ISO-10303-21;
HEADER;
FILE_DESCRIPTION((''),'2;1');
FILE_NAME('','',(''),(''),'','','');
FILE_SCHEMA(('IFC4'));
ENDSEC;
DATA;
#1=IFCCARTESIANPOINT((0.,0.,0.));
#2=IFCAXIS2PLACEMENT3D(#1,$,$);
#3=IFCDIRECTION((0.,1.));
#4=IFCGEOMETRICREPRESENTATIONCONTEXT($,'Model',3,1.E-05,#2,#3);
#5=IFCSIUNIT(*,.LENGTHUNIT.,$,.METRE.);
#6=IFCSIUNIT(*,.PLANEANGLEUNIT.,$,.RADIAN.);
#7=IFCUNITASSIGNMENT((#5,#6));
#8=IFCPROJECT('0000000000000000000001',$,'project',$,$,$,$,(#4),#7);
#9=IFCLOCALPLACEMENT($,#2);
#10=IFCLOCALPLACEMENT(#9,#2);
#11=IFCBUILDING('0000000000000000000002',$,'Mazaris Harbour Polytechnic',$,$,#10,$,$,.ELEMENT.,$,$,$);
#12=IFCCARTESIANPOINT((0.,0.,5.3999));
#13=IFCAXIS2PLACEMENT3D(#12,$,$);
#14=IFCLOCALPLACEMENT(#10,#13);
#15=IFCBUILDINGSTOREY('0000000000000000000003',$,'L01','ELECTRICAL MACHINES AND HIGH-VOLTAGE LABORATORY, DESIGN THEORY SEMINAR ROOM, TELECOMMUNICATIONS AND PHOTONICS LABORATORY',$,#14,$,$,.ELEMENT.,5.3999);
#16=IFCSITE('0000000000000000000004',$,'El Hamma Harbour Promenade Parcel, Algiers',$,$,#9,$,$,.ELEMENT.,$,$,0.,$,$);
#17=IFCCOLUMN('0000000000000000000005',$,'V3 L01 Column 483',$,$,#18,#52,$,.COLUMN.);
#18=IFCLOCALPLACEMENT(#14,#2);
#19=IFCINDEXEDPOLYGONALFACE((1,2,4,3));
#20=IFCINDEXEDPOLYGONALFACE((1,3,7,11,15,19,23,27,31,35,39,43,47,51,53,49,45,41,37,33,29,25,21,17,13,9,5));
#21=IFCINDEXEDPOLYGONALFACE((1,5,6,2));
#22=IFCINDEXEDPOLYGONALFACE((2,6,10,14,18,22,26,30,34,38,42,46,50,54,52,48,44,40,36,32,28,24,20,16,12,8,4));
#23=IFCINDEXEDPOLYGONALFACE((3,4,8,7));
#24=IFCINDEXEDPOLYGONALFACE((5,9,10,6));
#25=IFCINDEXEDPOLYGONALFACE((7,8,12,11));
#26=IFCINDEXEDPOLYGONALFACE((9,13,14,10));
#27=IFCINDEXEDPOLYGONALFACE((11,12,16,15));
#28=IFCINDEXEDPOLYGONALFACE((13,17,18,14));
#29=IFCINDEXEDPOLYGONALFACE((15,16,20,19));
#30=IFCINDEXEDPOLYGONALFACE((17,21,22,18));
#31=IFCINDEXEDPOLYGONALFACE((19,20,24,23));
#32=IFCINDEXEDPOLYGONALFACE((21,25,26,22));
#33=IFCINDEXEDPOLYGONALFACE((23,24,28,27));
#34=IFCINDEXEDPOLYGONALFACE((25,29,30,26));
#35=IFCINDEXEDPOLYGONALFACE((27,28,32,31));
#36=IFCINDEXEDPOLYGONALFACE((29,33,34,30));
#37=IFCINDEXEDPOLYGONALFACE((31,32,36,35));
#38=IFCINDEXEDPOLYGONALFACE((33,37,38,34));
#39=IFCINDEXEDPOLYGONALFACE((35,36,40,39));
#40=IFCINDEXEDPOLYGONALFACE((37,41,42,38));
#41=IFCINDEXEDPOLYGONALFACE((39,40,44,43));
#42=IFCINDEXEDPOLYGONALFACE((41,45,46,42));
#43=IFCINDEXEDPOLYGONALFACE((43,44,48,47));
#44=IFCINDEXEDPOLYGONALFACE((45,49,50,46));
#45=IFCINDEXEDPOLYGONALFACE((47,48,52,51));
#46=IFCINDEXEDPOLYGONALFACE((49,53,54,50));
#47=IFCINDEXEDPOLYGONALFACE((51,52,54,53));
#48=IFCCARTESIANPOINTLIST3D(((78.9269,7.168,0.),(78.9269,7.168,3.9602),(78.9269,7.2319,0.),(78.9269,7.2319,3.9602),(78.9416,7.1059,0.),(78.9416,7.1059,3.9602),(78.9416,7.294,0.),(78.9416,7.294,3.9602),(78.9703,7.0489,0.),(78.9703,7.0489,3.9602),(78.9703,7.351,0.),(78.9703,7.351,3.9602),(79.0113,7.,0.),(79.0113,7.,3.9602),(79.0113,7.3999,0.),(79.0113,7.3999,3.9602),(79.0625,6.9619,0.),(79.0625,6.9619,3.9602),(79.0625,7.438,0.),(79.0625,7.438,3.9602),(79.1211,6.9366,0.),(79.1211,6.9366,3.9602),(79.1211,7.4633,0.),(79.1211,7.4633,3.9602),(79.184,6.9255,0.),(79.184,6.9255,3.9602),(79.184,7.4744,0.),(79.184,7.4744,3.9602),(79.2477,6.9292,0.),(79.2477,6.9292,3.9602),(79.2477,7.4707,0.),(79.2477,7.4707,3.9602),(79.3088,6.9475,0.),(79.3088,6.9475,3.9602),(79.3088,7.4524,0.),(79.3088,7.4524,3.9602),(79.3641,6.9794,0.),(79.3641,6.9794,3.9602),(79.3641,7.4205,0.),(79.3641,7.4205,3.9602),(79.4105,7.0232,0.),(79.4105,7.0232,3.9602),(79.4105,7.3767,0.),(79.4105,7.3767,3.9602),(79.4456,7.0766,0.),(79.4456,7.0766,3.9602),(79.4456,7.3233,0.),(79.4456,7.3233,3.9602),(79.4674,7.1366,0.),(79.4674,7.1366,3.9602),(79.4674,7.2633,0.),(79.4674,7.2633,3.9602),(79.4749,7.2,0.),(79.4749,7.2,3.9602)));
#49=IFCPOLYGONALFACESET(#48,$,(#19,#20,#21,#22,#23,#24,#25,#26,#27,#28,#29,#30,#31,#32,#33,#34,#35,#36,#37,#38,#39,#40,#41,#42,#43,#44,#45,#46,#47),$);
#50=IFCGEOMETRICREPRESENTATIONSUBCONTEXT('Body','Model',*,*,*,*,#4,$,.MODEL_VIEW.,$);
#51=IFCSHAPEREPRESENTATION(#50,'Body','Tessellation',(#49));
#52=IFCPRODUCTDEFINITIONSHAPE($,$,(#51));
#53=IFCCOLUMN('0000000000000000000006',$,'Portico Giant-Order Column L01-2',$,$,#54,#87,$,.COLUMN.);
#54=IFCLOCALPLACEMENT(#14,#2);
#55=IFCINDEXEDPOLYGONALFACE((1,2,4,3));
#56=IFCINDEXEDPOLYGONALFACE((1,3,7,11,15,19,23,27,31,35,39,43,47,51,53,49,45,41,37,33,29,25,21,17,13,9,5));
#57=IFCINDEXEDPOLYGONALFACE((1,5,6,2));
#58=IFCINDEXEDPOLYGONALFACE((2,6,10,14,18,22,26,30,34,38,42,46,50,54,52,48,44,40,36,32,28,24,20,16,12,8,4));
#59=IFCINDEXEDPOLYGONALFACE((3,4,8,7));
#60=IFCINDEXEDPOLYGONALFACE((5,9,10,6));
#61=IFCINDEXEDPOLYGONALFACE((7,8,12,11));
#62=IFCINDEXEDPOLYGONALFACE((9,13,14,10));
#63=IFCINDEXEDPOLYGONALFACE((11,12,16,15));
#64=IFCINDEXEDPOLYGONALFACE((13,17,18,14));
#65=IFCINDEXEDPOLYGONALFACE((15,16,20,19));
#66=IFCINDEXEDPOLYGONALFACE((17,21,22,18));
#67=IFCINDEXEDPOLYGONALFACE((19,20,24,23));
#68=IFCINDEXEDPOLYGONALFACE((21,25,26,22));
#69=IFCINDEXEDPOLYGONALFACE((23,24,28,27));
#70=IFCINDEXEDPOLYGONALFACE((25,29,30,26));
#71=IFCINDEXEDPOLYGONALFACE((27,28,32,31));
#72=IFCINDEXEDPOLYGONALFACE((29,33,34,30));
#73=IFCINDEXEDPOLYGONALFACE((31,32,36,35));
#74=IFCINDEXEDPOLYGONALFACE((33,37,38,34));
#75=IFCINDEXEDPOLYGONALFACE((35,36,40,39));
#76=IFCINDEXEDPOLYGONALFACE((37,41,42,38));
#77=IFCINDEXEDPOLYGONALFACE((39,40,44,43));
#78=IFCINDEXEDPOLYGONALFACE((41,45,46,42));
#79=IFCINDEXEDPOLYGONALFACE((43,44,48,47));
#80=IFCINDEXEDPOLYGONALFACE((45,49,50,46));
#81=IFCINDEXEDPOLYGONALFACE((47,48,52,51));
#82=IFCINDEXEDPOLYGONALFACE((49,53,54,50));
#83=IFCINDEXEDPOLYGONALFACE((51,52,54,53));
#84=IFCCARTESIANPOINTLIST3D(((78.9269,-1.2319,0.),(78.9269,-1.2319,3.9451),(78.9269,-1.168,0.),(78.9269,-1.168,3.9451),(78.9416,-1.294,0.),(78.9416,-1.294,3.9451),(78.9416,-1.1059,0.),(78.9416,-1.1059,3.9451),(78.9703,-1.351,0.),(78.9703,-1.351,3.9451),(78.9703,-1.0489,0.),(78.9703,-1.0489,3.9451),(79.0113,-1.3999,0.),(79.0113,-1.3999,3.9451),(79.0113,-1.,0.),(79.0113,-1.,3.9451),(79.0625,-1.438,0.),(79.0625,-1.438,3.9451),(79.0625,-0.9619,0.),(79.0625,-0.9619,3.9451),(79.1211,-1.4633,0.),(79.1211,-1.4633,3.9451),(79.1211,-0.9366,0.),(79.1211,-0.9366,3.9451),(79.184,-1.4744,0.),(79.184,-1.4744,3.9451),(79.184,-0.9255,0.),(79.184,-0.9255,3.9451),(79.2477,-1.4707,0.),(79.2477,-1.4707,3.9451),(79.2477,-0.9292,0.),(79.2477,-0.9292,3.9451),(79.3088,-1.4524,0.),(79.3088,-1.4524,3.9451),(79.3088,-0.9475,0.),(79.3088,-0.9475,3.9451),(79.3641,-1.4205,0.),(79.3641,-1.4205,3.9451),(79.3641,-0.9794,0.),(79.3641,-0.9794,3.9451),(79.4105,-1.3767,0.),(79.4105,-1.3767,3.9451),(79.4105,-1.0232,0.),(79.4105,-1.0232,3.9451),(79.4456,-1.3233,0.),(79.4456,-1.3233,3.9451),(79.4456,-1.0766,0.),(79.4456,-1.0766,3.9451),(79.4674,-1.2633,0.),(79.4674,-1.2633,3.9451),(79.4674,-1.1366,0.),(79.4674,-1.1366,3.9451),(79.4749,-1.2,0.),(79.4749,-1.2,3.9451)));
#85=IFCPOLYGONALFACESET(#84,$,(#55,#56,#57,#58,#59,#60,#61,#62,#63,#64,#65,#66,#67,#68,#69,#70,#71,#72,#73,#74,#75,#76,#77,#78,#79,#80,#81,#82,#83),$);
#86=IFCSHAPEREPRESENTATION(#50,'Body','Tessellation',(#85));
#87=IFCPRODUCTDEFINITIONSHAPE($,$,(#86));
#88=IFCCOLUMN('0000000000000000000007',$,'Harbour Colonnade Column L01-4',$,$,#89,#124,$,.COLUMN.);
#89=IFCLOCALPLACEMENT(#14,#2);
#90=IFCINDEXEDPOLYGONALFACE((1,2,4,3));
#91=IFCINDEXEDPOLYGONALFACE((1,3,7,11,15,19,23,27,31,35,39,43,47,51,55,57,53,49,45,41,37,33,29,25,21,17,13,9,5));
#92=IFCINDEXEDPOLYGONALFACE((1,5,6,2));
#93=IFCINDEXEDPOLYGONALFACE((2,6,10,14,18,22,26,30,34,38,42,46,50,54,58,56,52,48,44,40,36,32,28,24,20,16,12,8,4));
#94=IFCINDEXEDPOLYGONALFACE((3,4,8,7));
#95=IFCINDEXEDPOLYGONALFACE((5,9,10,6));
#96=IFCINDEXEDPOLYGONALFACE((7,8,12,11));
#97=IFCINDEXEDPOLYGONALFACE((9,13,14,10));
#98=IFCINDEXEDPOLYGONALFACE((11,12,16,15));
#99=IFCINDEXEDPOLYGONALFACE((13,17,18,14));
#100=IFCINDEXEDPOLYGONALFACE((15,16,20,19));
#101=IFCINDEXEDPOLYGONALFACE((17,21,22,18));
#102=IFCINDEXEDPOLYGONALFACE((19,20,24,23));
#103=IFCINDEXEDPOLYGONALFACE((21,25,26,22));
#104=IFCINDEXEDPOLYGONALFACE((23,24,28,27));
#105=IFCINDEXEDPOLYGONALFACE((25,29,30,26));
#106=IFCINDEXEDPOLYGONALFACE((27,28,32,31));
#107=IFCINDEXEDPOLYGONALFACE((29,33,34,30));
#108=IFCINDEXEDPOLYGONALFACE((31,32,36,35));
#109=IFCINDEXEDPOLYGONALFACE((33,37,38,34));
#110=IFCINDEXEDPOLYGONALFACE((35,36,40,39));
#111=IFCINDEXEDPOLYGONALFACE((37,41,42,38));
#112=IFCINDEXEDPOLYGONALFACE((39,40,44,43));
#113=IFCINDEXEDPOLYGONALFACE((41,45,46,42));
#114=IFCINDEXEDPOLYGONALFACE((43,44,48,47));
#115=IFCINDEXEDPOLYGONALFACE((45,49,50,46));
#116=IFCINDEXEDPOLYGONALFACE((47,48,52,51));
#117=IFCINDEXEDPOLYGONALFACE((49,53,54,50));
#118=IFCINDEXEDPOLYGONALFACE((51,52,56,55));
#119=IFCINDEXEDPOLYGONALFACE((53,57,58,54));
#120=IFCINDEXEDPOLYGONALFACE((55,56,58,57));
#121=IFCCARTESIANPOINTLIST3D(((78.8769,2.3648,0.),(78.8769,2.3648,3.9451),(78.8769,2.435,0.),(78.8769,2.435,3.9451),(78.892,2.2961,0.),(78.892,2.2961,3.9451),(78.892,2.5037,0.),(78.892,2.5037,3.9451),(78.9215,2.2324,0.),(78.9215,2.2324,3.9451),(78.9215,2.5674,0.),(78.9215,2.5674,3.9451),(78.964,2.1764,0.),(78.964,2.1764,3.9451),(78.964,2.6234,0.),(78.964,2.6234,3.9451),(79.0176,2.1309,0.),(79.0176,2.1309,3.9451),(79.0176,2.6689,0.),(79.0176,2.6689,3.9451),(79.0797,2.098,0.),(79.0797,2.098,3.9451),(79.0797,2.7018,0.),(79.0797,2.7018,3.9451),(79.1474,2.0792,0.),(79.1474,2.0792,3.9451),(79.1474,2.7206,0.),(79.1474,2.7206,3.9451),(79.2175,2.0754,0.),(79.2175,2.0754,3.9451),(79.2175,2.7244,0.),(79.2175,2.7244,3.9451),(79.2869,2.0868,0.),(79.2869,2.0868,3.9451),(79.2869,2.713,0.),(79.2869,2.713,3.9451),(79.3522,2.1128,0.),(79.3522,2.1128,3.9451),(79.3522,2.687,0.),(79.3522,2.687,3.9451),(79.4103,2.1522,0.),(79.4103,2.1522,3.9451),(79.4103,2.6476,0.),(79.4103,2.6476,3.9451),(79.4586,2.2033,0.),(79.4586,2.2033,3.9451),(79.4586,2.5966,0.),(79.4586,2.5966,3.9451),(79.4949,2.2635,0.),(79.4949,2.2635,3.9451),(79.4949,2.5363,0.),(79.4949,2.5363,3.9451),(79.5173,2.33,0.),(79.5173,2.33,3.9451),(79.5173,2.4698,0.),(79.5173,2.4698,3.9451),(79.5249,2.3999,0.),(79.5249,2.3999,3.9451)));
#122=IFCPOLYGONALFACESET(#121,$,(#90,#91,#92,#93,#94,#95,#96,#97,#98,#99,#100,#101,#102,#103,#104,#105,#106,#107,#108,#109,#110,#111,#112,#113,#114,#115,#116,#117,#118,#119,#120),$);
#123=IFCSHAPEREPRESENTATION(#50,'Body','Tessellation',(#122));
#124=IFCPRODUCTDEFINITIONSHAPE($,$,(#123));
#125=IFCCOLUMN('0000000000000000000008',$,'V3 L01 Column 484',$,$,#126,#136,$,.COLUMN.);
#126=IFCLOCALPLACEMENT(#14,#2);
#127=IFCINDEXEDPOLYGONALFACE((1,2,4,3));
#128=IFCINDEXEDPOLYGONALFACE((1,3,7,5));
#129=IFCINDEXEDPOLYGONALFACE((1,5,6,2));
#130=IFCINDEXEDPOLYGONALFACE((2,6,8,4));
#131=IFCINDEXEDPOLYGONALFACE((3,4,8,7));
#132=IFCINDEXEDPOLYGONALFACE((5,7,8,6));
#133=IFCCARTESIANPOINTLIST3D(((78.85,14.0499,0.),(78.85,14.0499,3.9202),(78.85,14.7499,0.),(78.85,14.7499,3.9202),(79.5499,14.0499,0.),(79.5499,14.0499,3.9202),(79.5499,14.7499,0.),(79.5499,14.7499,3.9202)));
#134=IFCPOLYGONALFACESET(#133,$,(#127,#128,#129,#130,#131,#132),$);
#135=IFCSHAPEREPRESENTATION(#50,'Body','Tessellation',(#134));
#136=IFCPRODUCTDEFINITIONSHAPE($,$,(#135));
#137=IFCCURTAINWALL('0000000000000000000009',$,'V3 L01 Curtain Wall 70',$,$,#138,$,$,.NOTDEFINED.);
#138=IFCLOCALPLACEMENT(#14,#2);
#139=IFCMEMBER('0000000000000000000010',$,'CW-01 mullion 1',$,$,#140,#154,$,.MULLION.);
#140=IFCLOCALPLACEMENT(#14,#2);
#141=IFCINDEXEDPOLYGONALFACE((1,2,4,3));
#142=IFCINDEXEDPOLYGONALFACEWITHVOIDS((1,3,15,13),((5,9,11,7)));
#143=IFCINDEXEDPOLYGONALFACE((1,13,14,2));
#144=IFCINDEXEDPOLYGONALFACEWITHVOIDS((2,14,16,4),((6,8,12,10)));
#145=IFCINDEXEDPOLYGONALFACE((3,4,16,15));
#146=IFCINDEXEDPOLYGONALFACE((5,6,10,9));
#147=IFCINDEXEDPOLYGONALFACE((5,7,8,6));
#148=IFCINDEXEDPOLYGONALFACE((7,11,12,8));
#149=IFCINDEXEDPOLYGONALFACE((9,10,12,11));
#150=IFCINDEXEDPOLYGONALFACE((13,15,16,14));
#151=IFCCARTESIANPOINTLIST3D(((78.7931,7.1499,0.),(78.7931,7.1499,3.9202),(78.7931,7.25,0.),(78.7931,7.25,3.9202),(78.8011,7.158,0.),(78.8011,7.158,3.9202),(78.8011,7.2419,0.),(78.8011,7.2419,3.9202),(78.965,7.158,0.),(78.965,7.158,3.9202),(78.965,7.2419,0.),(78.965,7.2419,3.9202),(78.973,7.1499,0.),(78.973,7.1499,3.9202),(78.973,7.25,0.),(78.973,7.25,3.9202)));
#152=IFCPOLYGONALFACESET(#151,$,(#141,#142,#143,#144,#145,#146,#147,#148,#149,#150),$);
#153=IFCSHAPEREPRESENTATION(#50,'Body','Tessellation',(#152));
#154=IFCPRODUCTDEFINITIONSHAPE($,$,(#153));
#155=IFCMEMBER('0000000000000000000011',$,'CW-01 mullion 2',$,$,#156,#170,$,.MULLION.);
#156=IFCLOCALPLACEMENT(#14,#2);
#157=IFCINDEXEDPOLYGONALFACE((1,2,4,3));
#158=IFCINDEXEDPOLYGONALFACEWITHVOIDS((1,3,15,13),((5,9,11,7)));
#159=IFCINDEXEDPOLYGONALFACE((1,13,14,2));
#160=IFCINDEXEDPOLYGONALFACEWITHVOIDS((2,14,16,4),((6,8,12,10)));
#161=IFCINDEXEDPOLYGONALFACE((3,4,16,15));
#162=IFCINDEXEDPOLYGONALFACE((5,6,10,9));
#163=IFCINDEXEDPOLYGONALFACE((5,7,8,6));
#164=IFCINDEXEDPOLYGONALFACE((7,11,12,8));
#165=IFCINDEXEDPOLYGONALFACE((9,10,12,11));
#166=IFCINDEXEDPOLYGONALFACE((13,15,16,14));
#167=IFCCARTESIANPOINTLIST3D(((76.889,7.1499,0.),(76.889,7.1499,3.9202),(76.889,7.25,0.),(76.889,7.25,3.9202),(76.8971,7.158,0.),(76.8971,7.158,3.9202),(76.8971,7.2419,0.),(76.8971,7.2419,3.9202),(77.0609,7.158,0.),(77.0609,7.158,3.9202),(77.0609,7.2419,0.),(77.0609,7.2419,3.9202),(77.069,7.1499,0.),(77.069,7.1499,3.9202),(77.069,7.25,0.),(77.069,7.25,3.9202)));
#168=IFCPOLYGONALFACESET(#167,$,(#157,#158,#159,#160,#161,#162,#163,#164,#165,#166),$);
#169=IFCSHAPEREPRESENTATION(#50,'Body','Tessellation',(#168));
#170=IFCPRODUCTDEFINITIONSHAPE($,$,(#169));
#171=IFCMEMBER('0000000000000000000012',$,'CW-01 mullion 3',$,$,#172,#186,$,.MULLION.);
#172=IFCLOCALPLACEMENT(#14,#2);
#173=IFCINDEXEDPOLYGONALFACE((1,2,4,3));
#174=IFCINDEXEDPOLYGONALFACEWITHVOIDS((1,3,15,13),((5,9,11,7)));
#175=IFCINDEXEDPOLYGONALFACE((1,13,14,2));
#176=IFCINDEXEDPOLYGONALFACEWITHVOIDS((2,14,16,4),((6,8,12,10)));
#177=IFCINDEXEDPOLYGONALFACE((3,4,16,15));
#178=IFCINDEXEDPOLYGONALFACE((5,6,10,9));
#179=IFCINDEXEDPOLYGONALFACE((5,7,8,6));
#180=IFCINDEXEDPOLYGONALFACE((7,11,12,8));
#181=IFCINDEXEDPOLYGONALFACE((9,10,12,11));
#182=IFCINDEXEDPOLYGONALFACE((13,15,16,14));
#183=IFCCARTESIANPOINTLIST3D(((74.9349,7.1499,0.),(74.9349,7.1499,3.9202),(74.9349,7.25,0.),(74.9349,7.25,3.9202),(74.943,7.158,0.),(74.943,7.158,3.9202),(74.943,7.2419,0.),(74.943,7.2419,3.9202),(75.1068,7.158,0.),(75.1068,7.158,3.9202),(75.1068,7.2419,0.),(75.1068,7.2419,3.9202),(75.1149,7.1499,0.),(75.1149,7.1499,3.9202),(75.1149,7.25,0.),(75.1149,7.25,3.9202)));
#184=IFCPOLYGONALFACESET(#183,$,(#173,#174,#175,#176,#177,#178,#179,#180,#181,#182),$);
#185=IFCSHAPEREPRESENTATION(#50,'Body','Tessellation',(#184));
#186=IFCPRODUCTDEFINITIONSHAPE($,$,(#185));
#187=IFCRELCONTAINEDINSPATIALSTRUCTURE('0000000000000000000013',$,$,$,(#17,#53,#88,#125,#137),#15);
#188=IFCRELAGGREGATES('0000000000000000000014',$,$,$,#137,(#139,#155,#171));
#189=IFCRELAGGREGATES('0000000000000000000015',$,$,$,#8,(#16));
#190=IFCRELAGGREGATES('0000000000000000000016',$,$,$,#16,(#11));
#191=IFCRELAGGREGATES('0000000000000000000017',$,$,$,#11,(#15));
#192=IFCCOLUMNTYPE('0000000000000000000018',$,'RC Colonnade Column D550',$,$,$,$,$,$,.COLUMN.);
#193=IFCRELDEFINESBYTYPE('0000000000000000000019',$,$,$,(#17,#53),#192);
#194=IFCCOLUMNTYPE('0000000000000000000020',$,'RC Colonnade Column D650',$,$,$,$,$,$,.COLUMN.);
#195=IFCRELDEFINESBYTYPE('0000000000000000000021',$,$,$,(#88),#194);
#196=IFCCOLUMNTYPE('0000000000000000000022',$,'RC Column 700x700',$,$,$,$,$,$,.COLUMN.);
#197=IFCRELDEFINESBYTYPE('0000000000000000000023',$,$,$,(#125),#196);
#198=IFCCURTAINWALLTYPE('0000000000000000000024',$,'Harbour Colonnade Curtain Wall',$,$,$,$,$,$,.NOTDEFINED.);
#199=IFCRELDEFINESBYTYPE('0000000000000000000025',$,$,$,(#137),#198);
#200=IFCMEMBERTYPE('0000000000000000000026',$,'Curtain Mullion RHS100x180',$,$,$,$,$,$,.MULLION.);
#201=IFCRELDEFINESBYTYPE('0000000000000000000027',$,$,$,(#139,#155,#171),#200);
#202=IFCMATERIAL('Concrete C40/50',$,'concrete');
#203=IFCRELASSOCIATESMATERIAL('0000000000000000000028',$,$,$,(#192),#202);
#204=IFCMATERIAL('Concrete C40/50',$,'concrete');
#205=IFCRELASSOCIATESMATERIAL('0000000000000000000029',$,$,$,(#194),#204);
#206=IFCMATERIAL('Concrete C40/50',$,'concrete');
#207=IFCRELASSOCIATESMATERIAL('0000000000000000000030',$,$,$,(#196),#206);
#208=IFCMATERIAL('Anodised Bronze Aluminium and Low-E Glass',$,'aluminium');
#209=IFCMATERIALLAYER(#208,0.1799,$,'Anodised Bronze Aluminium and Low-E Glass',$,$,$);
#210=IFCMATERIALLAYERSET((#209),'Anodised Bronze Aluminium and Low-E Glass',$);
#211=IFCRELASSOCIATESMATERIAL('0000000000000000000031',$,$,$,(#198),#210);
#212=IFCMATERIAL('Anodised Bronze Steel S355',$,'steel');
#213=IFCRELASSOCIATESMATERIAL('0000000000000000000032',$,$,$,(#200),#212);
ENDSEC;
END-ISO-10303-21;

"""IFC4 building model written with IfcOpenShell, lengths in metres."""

from ifc_helpers import new_model, si_unit, direction, frame, origin, origin_2d, place, context, subcontext, project, spatial, rectangle, hollow_rectangle, circle, extrude, material, layer, layer_set, material_profile, profile_set, type_object, element, aggregate, save


model = new_model("IFC4")

# Units and contexts
model_context = context("Model", 3, precision=1e-05, world=origin(), true_north=direction((0.0, 1.0)))
body_context = subcontext(model_context, "Body", "Model", "MODEL_VIEW")
ifc_project = project(units=[si_unit("LENGTHUNIT", "METRE"), si_unit("PLANEANGLEUNIT", "RADIAN")], contexts=[model_context])

# Site, building, storey
site_placement = place(None, origin())
site = spatial("IfcSite", under=ifc_project, at=site_placement, Name="El Hamma Harbour Promenade Parcel, Algiers", CompositionType="ELEMENT", RefElevation=0.0)
building_placement = place(site_placement, origin())
building = spatial("IfcBuilding", under=site, at=building_placement, Name="Mazaris Harbour Polytechnic", CompositionType="ELEMENT")
storey_placement = place(building_placement, frame((0.0, 0.0, 5.3999)))
storey = spatial("IfcBuildingStorey", under=building, at=storey_placement, Name="L01", Description="ELECTRICAL MACHINES AND HIGH-VOLTAGE LABORATORY, DESIGN THEORY SEMINAR ROOM, TELECOMMUNICATIONS AND PHOTONICS LABORATORY", CompositionType="ELEMENT", Elevation=5.3999)

# Columns
ifc_material_1 = material(Name="Concrete C40/50", Category="concrete")
ifc_material_profile_1 = material_profile(ifc_material_1, circle(Radius=0.2749, at=origin_2d()), Name="DIA550")
ifc_profile_set_1 = profile_set([ifc_material_profile_1], Name="Concrete C40/50")
column_type_1 = type_object("IfcColumnType", Name="RC Colonnade Column D550", PredefinedType="COLUMN", material=ifc_profile_set_1)
column_1_placement = place(storey_placement, frame((79.2, 7.2, 0.0), z_axis=(0.0, 0.0, 1.0), x_axis=(1.0, 0.0, 0.0)))
element("IfcColumn", 1, at=column_1_placement, inside=storey, type_object=column_type_1, Name="V3 L01 Column 483", PredefinedType="COLUMN", context=body_context, shape_type="SweptSolid", body=[
    extrude(circle(Radius=0.2749, at=origin_2d()), origin(), (0.0, 0.0, 1.0), 3.9602),
])
column_2_placement = place(storey_placement, frame((79.2, -1.2, 0.0), z_axis=(0.0, 0.0, 1.0), x_axis=(1.0, 0.0, 0.0)))
element("IfcColumn", 2, at=column_2_placement, inside=storey, type_object=column_type_1, Name="Portico Giant-Order Column L01-2", PredefinedType="COLUMN", context=body_context, shape_type="SweptSolid", body=[
    extrude(circle(Radius=0.2749, at=origin_2d()), origin(), (0.0, 0.0, 1.0), 3.9451),
])
ifc_material_2 = material(Name="Concrete C40/50", Category="concrete")
ifc_material_profile_2 = material_profile(ifc_material_2, circle(Radius=0.325, at=origin_2d()), Name="DIA650")
ifc_profile_set_2 = profile_set([ifc_material_profile_2], Name="Concrete C40/50")
column_type_2 = type_object("IfcColumnType", Name="RC Colonnade Column D650", PredefinedType="COLUMN", material=ifc_profile_set_2)
column_3_placement = place(storey_placement, frame((79.2, 2.3999, 0.0), z_axis=(0.0, 0.0, 1.0), x_axis=(1.0, 0.0, 0.0)))
element("IfcColumn", 3, at=column_3_placement, inside=storey, type_object=column_type_2, Name="Harbour Colonnade Column L01-4", PredefinedType="COLUMN", context=body_context, shape_type="SweptSolid", body=[
    extrude(circle(Radius=0.325, at=origin_2d()), origin(), (0.0, 0.0, 1.0), 3.9451),
])
ifc_material_3 = material(Name="Concrete C40/50", Category="concrete")
ifc_material_profile_3 = material_profile(ifc_material_3, rectangle(XDim=0.7, YDim=0.7, at=origin_2d()), Name="RECT700x700")
ifc_profile_set_3 = profile_set([ifc_material_profile_3], Name="Concrete C40/50")
column_type_3 = type_object("IfcColumnType", Name="RC Column 700x700", PredefinedType="COLUMN", material=ifc_profile_set_3)
column_4_placement = place(storey_placement, frame((79.2, 14.3999, 0.0), z_axis=(0.0, 0.0, 1.0), x_axis=(1.0, 0.0, 0.0)))
element("IfcColumn", 4, at=column_4_placement, inside=storey, type_object=column_type_3, Name="V3 L01 Column 484", PredefinedType="COLUMN", context=body_context, shape_type="SweptSolid", body=[
    extrude(rectangle(XDim=0.7, YDim=0.7, at=origin_2d()), origin(), (0.0, 0.0, 1.0), 3.9202),
])

# Curtain wall, members
ifc_material_4 = material(Name="Anodised Bronze Aluminium and Low-E Glass", Category="aluminium")
ifc_layer_1 = layer(ifc_material_4, 0.1799, Name="Anodised Bronze Aluminium and Low-E Glass")
ifc_layer_set_1 = layer_set([ifc_layer_1], Name="Anodised Bronze Aluminium and Low-E Glass")
curtain_wall_type = type_object("IfcCurtainWallType", Name="Harbour Colonnade Curtain Wall", PredefinedType="NOTDEFINED", material=ifc_layer_set_1)
curtain_wall_placement = place(storey_placement, origin())
curtain_wall = element("IfcCurtainWall", 5, at=curtain_wall_placement, inside=storey, type_object=curtain_wall_type, Name="V3 L01 Curtain Wall 70", PredefinedType="NOTDEFINED")
ifc_material_5 = material(Name="Anodised Bronze Steel S355", Category="steel")
ifc_material_profile_4 = material_profile(ifc_material_5, hollow_rectangle(XDim=0.1001, YDim=0.1799, WallThickness=0.0081, at=origin_2d()), Name="RHS 100x180x8.0")
ifc_profile_set_4 = profile_set([ifc_material_profile_4], Name="Anodised Bronze Steel S355")
member_type_1 = type_object("IfcMemberType", Name="Curtain Mullion RHS100x180", PredefinedType="MULLION", material=ifc_profile_set_4)
member_1_placement = place(storey_placement, frame((78.8831, 7.2, 0.0), z_axis=(0.0, 0.0, 1.0), x_axis=(0.0, -1.0, 0.0)))
member_1 = element("IfcMember", 6, at=member_1_placement, type_object=member_type_1, Name="CW-01 mullion 1", PredefinedType="MULLION", context=body_context, shape_type="SweptSolid", body=[
    extrude(hollow_rectangle(XDim=0.1001, YDim=0.1799, WallThickness=0.0081, at=origin_2d()), origin(), (0.0, 0.0, 1.0), 3.9202),
])
member_2_placement = place(storey_placement, frame((76.979, 7.2, 0.0), z_axis=(0.0, 0.0, 1.0), x_axis=(0.0, -1.0, 0.0)))
member_2 = element("IfcMember", 7, at=member_2_placement, type_object=member_type_1, Name="CW-01 mullion 2", PredefinedType="MULLION", context=body_context, shape_type="SweptSolid", body=[
    extrude(hollow_rectangle(XDim=0.1001, YDim=0.1799, WallThickness=0.0081, at=origin_2d()), origin(), (0.0, 0.0, 1.0), 3.9202),
])
member_3_placement = place(storey_placement, frame((75.0249, 7.2, 0.0), z_axis=(0.0, 0.0, 1.0), x_axis=(0.0, -1.0, 0.0)))
member_3 = element("IfcMember", 8, at=member_3_placement, type_object=member_type_1, Name="CW-01 mullion 3", PredefinedType="MULLION", context=body_context, shape_type="SweptSolid", body=[
    extrude(hollow_rectangle(XDim=0.1001, YDim=0.1799, WallThickness=0.0081, at=origin_2d()), origin(), (0.0, 0.0, 1.0), 3.9202),
])

aggregate(curtain_wall, [member_1, member_2, member_3])

save(model, "model.ifc")
